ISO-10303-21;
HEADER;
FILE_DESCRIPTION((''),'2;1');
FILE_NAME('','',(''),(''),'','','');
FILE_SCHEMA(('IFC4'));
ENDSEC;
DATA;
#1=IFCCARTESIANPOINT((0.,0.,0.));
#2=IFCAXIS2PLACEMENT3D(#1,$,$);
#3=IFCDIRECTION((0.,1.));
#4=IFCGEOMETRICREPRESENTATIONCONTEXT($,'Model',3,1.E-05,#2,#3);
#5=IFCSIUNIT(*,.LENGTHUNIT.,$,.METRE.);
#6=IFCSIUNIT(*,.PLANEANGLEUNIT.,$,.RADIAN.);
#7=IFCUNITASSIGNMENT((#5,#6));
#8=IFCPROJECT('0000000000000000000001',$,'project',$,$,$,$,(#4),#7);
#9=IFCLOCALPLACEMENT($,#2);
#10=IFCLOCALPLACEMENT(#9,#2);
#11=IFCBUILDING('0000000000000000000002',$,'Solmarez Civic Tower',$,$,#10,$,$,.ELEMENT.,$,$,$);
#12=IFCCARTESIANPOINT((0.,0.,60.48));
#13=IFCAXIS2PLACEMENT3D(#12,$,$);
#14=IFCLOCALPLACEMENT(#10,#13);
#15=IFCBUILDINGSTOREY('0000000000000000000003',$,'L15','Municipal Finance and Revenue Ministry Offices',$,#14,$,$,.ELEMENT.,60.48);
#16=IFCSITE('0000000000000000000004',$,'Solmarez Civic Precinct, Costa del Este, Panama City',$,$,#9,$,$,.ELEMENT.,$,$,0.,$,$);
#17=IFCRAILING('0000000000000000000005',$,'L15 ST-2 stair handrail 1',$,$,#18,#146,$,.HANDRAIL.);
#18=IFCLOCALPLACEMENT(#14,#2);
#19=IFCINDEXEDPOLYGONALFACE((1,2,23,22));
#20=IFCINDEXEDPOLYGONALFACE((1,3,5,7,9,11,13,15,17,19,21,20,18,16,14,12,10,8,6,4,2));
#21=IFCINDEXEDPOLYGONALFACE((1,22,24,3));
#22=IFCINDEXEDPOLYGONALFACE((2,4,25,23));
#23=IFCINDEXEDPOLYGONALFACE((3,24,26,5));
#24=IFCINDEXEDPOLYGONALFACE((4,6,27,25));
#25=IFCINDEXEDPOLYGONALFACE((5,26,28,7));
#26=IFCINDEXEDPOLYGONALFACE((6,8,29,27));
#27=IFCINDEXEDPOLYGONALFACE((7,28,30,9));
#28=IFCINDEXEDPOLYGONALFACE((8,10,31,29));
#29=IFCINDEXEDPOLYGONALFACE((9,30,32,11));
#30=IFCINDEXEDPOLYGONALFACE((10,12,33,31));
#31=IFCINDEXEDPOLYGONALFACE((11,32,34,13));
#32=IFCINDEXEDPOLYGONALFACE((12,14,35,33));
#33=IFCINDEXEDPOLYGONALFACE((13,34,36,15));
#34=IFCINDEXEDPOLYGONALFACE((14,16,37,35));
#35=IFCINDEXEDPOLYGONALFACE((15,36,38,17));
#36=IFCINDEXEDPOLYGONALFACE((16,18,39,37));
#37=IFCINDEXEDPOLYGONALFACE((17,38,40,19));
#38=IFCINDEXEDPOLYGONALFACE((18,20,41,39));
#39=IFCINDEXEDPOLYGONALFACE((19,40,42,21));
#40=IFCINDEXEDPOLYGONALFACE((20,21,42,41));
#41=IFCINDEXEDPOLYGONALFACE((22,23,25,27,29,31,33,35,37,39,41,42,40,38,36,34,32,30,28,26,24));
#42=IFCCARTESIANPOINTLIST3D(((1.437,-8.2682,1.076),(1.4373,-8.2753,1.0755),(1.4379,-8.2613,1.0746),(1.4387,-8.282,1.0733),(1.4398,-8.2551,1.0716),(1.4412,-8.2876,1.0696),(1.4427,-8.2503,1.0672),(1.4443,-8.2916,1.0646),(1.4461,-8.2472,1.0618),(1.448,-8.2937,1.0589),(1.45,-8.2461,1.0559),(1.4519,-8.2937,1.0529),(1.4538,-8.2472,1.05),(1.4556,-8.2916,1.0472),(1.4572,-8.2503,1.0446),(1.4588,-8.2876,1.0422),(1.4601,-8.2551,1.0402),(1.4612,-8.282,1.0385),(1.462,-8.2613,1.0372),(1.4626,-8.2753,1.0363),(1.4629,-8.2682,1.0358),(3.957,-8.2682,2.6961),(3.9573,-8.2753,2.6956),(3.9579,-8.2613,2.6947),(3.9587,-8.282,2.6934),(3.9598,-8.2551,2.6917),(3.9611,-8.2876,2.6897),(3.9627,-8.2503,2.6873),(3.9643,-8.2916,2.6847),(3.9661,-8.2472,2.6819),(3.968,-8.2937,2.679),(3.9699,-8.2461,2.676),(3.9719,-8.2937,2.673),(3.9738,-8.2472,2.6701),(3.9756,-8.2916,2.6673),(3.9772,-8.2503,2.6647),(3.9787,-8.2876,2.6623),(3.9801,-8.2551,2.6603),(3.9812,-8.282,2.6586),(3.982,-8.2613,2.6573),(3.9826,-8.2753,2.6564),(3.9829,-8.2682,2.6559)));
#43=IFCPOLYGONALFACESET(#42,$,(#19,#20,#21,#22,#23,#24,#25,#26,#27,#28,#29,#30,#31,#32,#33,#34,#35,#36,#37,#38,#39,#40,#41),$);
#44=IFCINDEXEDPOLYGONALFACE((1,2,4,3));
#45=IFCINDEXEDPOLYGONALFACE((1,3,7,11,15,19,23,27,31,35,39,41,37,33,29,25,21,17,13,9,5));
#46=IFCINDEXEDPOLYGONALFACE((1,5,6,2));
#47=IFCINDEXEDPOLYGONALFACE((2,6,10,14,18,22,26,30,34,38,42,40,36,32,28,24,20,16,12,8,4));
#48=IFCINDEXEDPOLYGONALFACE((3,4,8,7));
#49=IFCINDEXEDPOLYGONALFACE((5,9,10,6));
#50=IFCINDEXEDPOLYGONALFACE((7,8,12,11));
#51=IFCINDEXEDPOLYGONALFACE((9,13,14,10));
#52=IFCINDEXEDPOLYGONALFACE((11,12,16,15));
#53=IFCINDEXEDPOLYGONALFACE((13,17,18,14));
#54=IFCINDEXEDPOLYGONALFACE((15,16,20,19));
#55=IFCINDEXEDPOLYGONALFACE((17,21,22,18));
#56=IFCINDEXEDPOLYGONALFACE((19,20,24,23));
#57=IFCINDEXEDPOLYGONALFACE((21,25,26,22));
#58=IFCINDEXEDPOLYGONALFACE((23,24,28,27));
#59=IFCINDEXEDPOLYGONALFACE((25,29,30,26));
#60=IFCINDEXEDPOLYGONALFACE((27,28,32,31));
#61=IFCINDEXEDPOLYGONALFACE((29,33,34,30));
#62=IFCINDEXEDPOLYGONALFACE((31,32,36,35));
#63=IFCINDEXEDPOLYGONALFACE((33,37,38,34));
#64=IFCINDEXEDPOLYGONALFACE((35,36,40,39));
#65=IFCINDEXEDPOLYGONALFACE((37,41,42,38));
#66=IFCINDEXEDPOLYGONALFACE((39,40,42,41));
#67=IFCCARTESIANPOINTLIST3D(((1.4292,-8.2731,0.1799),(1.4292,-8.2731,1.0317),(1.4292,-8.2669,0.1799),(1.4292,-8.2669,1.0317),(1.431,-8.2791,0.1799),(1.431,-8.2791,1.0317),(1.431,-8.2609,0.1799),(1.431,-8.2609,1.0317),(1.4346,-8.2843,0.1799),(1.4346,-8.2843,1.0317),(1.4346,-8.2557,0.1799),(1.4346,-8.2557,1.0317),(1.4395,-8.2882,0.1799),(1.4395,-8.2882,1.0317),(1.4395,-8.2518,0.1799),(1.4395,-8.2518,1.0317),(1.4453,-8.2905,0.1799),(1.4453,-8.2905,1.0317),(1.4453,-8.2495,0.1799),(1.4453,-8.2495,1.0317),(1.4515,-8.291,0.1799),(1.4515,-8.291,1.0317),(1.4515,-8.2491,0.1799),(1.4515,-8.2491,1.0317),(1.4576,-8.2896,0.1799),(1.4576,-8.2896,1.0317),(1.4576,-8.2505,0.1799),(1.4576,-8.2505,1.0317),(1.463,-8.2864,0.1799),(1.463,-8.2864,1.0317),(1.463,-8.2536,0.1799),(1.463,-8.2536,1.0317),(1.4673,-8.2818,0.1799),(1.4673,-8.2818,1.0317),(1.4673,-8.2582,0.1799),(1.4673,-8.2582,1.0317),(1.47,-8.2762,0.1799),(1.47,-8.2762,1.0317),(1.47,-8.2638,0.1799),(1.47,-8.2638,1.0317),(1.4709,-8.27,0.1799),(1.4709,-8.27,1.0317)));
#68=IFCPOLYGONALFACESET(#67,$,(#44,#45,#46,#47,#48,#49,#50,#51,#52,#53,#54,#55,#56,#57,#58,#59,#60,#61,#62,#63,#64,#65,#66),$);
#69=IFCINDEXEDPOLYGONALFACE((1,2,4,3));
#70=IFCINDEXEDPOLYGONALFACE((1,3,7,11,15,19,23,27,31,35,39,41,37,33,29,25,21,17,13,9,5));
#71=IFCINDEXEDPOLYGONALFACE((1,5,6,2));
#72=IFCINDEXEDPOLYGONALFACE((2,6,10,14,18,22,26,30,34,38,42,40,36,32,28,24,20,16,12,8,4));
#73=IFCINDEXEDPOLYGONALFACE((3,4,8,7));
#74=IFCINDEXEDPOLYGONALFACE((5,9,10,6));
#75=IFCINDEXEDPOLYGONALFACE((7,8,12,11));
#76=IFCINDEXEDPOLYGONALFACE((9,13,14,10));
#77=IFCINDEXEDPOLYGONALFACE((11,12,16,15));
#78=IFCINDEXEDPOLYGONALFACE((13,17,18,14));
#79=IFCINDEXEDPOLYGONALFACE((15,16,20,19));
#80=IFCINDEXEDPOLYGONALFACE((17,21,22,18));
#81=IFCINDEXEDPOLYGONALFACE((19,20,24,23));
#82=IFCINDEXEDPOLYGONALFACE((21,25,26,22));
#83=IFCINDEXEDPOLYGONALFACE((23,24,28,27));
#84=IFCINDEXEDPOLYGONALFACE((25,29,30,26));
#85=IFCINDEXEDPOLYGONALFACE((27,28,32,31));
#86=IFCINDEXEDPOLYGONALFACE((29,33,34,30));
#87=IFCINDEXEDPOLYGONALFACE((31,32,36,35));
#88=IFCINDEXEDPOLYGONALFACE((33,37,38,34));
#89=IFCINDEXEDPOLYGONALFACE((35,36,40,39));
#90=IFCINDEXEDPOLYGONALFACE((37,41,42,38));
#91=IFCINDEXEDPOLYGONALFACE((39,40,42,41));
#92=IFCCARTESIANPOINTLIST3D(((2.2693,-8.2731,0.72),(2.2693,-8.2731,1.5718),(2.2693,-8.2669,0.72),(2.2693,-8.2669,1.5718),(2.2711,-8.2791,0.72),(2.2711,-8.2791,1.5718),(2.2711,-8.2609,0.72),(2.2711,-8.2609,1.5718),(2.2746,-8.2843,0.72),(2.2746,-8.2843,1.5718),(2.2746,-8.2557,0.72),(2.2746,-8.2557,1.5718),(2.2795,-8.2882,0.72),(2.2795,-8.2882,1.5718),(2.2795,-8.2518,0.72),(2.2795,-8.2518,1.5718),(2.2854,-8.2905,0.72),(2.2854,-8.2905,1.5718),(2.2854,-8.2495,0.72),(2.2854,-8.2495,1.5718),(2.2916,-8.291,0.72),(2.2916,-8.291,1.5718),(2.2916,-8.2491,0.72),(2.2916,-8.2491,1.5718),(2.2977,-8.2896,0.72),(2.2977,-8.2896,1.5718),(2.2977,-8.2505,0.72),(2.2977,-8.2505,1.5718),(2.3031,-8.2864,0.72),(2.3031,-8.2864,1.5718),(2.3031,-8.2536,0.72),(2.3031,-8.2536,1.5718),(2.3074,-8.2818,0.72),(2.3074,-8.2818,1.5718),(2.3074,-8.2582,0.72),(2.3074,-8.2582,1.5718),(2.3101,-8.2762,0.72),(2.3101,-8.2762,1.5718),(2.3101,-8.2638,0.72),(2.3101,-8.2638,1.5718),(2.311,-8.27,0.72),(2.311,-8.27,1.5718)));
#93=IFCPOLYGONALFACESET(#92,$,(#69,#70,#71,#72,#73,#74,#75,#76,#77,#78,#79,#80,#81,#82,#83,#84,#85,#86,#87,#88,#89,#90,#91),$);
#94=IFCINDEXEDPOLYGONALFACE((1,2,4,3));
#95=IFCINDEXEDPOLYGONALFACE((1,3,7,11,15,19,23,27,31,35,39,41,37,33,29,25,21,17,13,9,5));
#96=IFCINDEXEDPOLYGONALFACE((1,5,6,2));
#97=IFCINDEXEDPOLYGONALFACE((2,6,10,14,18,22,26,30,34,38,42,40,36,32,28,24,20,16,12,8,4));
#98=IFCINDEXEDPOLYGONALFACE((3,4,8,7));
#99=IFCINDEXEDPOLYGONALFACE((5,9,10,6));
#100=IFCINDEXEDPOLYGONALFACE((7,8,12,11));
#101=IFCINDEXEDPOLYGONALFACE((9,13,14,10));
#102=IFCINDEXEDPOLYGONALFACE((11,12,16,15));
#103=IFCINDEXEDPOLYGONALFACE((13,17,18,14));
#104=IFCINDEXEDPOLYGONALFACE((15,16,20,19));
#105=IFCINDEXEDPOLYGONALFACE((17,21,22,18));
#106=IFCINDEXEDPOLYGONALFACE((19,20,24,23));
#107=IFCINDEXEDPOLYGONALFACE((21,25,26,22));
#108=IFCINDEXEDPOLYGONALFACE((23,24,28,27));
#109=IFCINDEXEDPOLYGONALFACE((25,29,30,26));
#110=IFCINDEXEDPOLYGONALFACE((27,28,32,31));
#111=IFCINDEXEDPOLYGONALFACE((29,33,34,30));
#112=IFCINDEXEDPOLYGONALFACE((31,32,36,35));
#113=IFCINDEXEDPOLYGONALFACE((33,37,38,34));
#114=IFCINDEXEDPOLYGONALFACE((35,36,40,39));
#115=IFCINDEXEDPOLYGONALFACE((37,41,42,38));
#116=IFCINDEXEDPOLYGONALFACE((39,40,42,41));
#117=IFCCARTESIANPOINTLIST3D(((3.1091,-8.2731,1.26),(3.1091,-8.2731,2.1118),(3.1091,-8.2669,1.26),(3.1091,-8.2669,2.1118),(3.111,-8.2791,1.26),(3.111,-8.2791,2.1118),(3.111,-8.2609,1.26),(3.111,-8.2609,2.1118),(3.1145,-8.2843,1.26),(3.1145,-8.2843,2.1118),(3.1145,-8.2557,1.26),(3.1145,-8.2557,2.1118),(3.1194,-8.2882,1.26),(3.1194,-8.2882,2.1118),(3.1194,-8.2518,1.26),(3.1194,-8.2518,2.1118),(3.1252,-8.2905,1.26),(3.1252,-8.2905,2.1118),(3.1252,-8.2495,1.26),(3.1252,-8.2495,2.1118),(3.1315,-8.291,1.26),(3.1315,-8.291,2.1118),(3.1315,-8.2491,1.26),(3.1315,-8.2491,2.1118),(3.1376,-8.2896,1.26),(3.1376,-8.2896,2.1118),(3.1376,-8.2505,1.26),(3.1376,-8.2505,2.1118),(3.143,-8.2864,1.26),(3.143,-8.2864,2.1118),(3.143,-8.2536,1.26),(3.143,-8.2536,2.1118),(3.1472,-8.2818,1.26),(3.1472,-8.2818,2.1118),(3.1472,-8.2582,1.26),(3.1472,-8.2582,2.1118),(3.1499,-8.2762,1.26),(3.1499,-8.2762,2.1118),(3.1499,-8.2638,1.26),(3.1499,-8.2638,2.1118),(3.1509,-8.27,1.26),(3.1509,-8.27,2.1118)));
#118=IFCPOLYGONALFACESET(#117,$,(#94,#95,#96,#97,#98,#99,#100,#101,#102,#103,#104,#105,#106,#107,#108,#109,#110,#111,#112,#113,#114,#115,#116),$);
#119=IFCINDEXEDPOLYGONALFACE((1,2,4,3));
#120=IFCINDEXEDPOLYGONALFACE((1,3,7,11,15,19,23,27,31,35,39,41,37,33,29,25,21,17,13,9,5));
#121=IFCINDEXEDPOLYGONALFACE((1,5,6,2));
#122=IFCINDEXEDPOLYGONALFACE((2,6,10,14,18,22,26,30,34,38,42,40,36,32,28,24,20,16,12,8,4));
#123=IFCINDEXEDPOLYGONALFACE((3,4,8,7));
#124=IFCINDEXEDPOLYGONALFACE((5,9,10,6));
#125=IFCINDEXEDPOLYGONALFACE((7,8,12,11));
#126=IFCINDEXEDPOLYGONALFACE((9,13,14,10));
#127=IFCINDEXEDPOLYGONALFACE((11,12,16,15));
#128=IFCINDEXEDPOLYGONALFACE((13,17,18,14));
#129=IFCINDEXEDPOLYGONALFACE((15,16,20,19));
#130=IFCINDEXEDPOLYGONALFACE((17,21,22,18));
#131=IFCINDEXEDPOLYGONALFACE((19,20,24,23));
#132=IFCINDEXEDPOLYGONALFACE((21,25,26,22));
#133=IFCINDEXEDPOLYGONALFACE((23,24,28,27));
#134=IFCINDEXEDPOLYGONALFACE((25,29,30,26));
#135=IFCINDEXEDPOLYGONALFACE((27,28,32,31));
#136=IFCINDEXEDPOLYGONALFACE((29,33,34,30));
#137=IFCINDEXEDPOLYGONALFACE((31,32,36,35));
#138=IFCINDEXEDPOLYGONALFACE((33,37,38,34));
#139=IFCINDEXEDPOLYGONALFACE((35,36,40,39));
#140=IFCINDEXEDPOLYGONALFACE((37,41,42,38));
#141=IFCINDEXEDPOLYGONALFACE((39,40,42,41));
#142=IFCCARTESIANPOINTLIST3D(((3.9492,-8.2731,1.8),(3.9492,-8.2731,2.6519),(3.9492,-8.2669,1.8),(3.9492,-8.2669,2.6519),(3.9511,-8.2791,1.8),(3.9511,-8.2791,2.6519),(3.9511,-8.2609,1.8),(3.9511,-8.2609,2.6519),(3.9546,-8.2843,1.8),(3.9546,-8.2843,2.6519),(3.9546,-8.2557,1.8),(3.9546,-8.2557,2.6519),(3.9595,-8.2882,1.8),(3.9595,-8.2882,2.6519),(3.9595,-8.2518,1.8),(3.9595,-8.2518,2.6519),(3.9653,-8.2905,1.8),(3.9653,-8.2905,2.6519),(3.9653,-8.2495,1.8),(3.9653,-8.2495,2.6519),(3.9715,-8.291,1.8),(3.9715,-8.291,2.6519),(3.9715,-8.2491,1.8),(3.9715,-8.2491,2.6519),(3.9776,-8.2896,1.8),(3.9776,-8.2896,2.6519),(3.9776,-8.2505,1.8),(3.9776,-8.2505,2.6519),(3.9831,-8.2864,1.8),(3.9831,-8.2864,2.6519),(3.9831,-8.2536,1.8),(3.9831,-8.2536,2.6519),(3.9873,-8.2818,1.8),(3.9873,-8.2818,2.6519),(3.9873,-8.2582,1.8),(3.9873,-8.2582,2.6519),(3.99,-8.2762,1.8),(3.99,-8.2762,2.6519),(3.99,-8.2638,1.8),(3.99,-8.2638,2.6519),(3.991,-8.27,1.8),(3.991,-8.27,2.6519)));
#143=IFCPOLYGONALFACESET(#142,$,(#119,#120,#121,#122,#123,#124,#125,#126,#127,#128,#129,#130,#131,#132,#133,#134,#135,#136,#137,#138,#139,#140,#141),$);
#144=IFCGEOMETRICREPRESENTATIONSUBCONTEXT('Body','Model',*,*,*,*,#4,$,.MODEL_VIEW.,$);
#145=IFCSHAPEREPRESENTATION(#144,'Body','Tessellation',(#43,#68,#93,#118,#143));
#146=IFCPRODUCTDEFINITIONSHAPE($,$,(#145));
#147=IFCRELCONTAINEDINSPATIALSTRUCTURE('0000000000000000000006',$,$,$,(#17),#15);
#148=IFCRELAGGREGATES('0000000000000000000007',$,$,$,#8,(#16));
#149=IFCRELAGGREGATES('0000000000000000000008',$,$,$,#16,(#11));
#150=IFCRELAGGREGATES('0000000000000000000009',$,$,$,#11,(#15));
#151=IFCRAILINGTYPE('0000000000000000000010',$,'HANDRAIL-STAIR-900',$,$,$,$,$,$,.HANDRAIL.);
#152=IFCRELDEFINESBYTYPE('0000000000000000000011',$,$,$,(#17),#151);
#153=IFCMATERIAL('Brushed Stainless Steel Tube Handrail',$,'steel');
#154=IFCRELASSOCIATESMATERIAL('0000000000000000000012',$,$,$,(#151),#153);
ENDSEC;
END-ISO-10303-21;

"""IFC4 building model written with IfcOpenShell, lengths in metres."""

from ifc_helpers import new_model, si_unit, direction, frame, origin, origin_2d, place, context, subcontext, project, spatial, circle, extrude, material, type_object, element, save


model = new_model("IFC4")

# Units and contexts
model_context = context("Model", 3, precision=1e-05, world=origin(), true_north=direction((0.0, 1.0)))
body_context = subcontext(model_context, "Body", "Model", "MODEL_VIEW")
ifc_project = project(units=[si_unit("LENGTHUNIT", "METRE"), si_unit("PLANEANGLEUNIT", "RADIAN")], contexts=[model_context])

# Site, building, storey
site_placement = place(None, origin())
site = spatial("IfcSite", under=ifc_project, at=site_placement, Name="Solmarez Civic Precinct, Costa del Este, Panama City", CompositionType="ELEMENT", RefElevation=0.0)
building_placement = place(site_placement, origin())
building = spatial("IfcBuilding", under=site, at=building_placement, Name="Solmarez Civic Tower", CompositionType="ELEMENT")
storey_placement = place(building_placement, frame((0.0, 0.0, 60.48)))
storey = spatial("IfcBuildingStorey", under=building, at=storey_placement, Name="L15", Description="Municipal Finance and Revenue Ministry Offices", CompositionType="ELEMENT", Elevation=60.48)

# Railing
ifc_material_1 = material(Name="Brushed Stainless Steel Tube Handrail", Category="steel")
railing_type_1 = type_object("IfcRailingType", Name="HANDRAIL-STAIR-900", PredefinedType="HANDRAIL", material=ifc_material_1)
railing_1_placement = place(storey_placement, frame((1.45, -8.27, 0.1799)))
element("IfcRailing", 1, at=railing_1_placement, inside=storey, type_object=railing_type_1, Name="L15 ST-2 stair handrail 1", PredefinedType="HANDRAIL", context=body_context, shape_type="SweptSolid", body=[
    extrude(circle(Radius=0.0239, at=origin_2d()), frame((0.0, 0.0, 0.876), z_axis=(0.841163, 0.0, 0.540782), x_axis=(0.0, 1.0, 0.0)), (0.0, 0.0, 1.0), 2.9958),
    extrude(circle(Radius=0.021, at=origin_2d()), origin(), (0.0, 0.0, 1.0), 0.8518),
    extrude(circle(Radius=0.021, at=origin_2d()), frame((0.8401, 0.0, 0.54)), (0.0, 0.0, 1.0), 0.8518),
    extrude(circle(Radius=0.021, at=origin_2d()), frame((1.6799, 0.0, 1.0801)), (0.0, 0.0, 1.0), 0.8518),
    extrude(circle(Radius=0.021, at=origin_2d()), frame((2.52, 0.0, 1.6201)), (0.0, 0.0, 1.0), 0.8518),
])

save(model, "model.ifc")
